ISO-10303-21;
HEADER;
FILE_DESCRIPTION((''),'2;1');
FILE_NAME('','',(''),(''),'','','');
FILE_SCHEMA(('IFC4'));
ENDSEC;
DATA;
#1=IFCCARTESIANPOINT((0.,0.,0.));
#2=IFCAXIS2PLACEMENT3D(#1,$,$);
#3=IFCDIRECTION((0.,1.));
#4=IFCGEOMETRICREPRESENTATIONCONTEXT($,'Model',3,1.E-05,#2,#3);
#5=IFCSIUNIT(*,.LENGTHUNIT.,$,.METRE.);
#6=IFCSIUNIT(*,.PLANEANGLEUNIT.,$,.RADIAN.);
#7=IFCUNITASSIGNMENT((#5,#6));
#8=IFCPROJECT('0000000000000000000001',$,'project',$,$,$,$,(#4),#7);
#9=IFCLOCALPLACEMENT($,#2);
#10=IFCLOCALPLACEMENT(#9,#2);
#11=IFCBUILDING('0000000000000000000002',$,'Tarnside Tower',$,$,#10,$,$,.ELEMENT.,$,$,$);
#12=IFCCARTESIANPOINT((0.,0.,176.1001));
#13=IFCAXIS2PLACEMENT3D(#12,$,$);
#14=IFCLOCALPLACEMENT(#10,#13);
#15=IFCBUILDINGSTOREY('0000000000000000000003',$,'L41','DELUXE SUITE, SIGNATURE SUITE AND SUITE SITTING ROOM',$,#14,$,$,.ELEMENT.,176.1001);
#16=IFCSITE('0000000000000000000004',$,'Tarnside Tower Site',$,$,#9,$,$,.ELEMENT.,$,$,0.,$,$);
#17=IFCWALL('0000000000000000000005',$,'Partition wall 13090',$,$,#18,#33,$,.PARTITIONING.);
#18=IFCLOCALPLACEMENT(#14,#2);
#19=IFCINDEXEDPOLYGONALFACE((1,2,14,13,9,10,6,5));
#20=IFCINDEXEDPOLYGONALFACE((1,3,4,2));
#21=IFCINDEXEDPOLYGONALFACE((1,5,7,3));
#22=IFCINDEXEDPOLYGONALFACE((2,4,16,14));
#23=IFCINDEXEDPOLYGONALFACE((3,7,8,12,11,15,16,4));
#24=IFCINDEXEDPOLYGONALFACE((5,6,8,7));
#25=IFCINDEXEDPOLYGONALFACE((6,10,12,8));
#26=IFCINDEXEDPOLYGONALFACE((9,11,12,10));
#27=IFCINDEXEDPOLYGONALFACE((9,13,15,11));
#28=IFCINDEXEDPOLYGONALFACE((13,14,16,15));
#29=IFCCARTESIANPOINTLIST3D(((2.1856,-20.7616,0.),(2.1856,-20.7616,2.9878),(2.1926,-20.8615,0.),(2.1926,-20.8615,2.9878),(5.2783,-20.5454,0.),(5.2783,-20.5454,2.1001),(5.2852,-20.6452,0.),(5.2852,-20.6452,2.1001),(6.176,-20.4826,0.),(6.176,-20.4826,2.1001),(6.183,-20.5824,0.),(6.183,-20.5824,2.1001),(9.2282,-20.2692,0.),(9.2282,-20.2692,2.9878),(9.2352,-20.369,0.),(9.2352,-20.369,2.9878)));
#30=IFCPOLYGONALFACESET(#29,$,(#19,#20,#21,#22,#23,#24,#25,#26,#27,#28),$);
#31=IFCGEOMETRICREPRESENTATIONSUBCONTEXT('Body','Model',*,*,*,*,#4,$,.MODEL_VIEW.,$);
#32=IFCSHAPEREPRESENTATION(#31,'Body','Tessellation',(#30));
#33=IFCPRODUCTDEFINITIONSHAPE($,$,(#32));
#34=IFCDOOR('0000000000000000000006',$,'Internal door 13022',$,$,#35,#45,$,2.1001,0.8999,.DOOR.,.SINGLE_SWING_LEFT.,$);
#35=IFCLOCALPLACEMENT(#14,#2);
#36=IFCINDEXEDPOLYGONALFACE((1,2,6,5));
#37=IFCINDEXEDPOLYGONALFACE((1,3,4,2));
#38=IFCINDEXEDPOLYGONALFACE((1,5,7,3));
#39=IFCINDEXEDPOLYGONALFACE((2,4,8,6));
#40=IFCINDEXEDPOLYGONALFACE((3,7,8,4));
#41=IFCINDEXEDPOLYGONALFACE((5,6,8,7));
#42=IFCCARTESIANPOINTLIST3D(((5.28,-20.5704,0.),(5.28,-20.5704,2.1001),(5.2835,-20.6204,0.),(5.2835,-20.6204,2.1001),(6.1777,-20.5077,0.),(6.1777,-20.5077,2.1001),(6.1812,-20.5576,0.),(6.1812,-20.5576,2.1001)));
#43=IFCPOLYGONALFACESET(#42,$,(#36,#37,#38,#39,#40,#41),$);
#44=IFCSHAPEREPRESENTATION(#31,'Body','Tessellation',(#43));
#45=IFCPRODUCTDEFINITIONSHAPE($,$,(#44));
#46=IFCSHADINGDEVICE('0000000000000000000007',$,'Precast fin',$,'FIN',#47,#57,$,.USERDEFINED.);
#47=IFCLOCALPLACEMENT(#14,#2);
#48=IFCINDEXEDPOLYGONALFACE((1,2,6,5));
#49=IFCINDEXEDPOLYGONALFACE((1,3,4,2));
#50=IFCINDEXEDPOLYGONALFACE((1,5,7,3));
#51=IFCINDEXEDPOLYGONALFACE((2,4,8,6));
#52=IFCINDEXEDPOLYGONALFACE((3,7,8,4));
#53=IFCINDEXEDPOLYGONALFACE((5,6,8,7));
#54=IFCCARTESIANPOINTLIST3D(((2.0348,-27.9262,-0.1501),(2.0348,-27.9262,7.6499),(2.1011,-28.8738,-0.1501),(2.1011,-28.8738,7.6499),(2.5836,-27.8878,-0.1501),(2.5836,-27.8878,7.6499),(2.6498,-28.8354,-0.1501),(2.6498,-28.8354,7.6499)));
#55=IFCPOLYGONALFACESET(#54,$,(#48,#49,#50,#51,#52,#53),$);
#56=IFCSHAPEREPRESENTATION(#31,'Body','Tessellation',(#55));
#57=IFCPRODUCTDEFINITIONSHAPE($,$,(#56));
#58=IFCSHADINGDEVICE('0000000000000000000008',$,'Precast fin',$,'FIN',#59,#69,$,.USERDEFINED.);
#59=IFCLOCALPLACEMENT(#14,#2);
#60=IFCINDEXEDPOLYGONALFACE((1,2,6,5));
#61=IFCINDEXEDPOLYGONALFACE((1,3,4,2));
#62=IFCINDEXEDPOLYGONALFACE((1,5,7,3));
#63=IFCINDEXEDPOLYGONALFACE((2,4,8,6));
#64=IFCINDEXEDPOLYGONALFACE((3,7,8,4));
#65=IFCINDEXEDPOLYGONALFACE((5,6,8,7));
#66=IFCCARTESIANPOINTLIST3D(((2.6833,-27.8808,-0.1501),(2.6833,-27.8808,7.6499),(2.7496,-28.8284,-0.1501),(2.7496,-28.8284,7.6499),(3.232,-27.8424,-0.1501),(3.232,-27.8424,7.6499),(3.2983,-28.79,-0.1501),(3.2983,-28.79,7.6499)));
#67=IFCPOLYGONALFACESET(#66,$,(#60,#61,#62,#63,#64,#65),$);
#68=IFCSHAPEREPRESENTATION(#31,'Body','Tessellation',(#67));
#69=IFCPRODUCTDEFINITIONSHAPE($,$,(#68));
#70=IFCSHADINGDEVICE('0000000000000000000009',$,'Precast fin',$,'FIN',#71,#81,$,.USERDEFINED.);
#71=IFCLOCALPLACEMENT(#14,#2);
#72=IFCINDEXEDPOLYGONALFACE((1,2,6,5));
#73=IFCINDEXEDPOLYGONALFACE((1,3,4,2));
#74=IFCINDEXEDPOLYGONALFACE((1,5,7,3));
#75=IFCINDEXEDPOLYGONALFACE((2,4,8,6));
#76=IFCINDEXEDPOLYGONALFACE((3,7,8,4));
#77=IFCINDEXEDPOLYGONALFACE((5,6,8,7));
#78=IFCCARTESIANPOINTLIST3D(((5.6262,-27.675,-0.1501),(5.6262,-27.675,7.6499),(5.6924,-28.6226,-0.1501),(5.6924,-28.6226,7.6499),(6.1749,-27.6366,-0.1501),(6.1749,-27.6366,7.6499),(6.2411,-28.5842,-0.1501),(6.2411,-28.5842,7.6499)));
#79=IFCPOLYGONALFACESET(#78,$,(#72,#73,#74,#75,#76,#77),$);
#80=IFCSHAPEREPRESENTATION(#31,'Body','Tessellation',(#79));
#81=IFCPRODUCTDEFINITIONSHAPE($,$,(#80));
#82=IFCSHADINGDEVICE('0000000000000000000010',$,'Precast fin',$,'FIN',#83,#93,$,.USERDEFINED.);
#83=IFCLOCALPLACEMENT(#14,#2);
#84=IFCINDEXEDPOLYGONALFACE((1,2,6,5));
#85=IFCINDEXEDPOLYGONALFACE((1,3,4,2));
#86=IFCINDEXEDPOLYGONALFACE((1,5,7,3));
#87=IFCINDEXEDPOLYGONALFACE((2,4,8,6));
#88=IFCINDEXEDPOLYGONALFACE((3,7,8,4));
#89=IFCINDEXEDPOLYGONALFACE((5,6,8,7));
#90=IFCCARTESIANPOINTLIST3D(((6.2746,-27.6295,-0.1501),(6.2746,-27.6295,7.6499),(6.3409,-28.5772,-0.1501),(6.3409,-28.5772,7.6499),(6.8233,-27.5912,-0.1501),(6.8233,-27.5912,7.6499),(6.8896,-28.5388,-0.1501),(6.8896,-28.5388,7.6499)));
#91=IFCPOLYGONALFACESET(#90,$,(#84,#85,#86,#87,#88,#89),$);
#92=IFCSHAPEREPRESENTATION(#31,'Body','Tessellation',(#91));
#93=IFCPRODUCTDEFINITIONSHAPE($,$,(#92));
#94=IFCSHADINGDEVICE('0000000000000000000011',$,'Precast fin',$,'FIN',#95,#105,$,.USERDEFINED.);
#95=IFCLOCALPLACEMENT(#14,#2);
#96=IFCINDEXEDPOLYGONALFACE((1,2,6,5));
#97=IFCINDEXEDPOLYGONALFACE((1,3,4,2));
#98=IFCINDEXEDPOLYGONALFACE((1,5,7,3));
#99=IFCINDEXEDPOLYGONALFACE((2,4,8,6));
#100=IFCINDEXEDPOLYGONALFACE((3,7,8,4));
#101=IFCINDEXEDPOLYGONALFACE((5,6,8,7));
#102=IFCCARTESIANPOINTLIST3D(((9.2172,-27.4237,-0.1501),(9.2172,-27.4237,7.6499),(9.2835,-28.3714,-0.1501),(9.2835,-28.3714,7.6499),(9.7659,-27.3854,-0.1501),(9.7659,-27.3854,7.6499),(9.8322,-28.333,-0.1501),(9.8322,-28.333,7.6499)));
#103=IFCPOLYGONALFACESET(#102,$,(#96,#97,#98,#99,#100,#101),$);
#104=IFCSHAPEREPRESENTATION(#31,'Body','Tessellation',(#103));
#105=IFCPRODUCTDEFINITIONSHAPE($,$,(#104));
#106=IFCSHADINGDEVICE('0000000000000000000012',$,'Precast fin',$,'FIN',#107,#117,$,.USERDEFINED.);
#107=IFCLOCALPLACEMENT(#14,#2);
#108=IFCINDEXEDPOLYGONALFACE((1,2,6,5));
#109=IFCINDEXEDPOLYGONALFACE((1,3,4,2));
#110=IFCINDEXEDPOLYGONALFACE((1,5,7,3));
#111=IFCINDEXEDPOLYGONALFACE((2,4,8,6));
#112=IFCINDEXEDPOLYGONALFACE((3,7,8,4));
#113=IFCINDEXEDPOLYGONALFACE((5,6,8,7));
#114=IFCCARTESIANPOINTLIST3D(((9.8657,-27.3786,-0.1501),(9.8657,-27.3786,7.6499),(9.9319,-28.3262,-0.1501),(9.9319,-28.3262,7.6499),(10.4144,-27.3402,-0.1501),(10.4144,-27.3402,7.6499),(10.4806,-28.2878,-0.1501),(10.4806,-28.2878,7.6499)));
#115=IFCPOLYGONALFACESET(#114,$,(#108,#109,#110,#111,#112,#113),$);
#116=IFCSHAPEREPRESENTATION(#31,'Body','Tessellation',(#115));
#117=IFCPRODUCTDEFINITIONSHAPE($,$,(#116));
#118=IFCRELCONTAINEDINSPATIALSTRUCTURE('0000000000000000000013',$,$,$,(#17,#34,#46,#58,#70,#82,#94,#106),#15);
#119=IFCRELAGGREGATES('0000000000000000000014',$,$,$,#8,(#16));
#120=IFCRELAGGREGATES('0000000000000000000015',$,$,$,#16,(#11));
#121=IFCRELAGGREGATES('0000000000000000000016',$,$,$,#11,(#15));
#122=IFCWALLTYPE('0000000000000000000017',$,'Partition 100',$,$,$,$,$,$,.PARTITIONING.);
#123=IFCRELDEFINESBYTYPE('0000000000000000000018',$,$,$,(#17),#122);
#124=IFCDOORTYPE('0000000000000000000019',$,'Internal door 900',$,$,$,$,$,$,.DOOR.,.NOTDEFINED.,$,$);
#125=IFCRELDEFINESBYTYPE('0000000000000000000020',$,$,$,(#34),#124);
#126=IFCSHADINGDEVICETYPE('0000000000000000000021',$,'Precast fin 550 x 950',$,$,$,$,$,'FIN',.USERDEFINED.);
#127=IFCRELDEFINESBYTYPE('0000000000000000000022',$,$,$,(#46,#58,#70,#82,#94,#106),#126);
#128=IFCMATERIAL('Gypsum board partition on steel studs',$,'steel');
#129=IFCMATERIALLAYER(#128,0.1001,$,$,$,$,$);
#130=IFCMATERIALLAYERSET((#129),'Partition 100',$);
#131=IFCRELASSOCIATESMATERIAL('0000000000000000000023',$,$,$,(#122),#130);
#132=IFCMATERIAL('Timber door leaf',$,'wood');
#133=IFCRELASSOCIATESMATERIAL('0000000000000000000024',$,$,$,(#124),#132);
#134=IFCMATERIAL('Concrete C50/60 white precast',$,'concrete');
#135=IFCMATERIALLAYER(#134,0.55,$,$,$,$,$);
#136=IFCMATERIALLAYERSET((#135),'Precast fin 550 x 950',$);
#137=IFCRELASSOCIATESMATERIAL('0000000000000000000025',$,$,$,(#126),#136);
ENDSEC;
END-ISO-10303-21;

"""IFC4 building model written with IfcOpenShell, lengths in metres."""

from ifc_helpers import new_model, si_unit, direction, frame, frame_2d, origin, place, context, subcontext, project, spatial, polyline, rectangle, outline, extrude, material, layer, layer_set, type_object, element, fill, save


model = new_model("IFC4")

# Units and contexts
model_context = context("Model", 3, precision=1e-05, world=origin(), true_north=direction((0.0, 1.0)))
body_context = subcontext(model_context, "Body", "Model", "MODEL_VIEW")
ifc_project = project(units=[si_unit("LENGTHUNIT", "METRE"), si_unit("PLANEANGLEUNIT", "RADIAN")], contexts=[model_context])

# Site, building, storey
site_placement = place(None, origin())
site = spatial("IfcSite", under=ifc_project, at=site_placement, Name="Tarnside Tower Site", CompositionType="ELEMENT", RefElevation=0.0)
building_placement = place(site_placement, origin())
building = spatial("IfcBuilding", under=site, at=building_placement, Name="Tarnside Tower", CompositionType="ELEMENT")
storey_placement = place(building_placement, frame((0.0, 0.0, 176.1001)))
storey = spatial("IfcBuildingStorey", under=building, at=storey_placement, Name="L41", Description="DELUXE SUITE, SIGNATURE SUITE AND SUITE SITTING ROOM", CompositionType="ELEMENT", Elevation=176.1001)

# Shared definitions
ifc_material_1 = material(Name="Gypsum board partition on steel studs", Category="steel")
ifc_material_2 = material(Name="Timber door leaf", Category="wood")

# Shared definitions
ifc_layer_1 = layer(ifc_material_1, 0.1001)
ifc_layer_set_1 = layer_set([ifc_layer_1], Name="Partition 100")
wall_type_1 = type_object("IfcWallType", Name="Partition 100", PredefinedType="PARTITIONING", material=ifc_layer_set_1)

# Wall, opening, door
wall_1_placement = place(storey_placement, frame((2.1892, -20.8115, 0.0), z_axis=(0.0, 0.0, 1.0), x_axis=(0.997564, 0.06975, 0.0)))
wall_1 = element("IfcWall", 1, at=wall_1_placement, inside=storey, type_object=wall_type_1, Name="Partition wall 13090", PredefinedType="PARTITIONING", context=body_context, shape_type="SweptSolid", body=[
    extrude(rectangle(XDim=7.0598, YDim=0.1001, at=frame_2d((3.5298, 0.0))), origin(), (0.0, 0.0, 1.0), 2.9878),
])
opening_1_placement = place(wall_1_placement, frame((3.1001, 0.0, 0.0)))
opening_1 = element("IfcOpeningElement", 2, at=opening_1_placement, cuts=wall_1, PredefinedType="OPENING", context=body_context, shape_type="SweptSolid", body=[
    extrude(rectangle(XDim=0.8999, YDim=2.1001, at=frame_2d((0.45, 1.05))), frame((0.0, 0.0601, 0.0), z_axis=(0.0, -1.0, 0.0), x_axis=(1.0, 0.0, 0.0)), (0.0, 0.0, 1.0), 0.1201),
])
door_type_1 = type_object("IfcDoorType", Name="Internal door 900", OperationType="NOTDEFINED", PredefinedType="DOOR", material=ifc_material_2)
door_1_placement = place(opening_1_placement, origin())
door_1 = element("IfcDoor", 3, at=door_1_placement, inside=storey, type_object=door_type_1, Name="Internal door 13022", OperationType="SINGLE_SWING_LEFT", OverallHeight=2.1001, OverallWidth=0.8999, PredefinedType="DOOR", context=body_context, shape_type="SweptSolid", body=[
    extrude(rectangle(XDim=0.8999, YDim=2.1001, at=frame_2d((0.45, 1.05))), frame((0.0, 0.0249, 0.0), z_axis=(0.0, -1.0, 0.0), x_axis=(1.0, 0.0, 0.0)), (0.0, 0.0, 1.0), 0.05),
])
fill(opening_1, door_1)

# Shading devices
ifc_material_3 = material(Name="Concrete C50/60 white precast", Category="concrete")
ifc_layer_2 = layer(ifc_material_3, 0.55)
ifc_layer_set_2 = layer_set([ifc_layer_2], Name="Precast fin 550 x 950")
shading_device_type = type_object("IfcShadingDeviceType", Name="Precast fin 550 x 950", ElementType="FIN", PredefinedType="USERDEFINED", material=ifc_layer_set_2)
for number, where, z_axis, x_axis, name in (
    (4, (2.3093, -27.907, -0.1501), (-0.997564, -0.069756, 0.0), (0.069756, -0.997564, 0.0), "Precast fin"),
    (5, (2.9578, -27.8616, -0.1501), (-0.997564, -0.069756, 0.0), (0.069756, -0.997564, 0.0), "Precast fin"),
    (6, (5.9006, -27.6558, -0.1501), (-0.997564, -0.069756, 0.0), (0.069756, -0.997564, 0.0), "Precast fin"),
    (7, (6.5491, -27.6104, -0.1501), (-0.997564, -0.069756, 0.0), (0.069756, -0.997564, 0.0), "Precast fin"),
    (8, (9.4917, -27.4045, -0.1501), (-0.997564, -0.069756, 0.0), (0.069756, -0.997564, 0.0), "Precast fin"),
    (9, (10.1401, -27.3594, -0.1501), (-0.997564, -0.069756, 0.0), (0.069756, -0.997564, 0.0), "Precast fin"),
):
    element("IfcShadingDevice", number, at=place(storey_placement, frame(where, z_axis=z_axis, x_axis=x_axis)), inside=storey, type_object=shading_device_type, Name=name, ObjectType="FIN", PredefinedType="USERDEFINED", context=body_context, shape_type="SweptSolid", body=[
        extrude(outline(polyline([(0.0, 0.0), (0.95, 0.0), (0.95, 7.8), (0.0, 7.8), (0.0, 0.0)])), frame((0.0, 0.0, -0.2749)), (0.0, 0.0, 1.0), 0.55),
    ])

save(model, "model.ifc")
